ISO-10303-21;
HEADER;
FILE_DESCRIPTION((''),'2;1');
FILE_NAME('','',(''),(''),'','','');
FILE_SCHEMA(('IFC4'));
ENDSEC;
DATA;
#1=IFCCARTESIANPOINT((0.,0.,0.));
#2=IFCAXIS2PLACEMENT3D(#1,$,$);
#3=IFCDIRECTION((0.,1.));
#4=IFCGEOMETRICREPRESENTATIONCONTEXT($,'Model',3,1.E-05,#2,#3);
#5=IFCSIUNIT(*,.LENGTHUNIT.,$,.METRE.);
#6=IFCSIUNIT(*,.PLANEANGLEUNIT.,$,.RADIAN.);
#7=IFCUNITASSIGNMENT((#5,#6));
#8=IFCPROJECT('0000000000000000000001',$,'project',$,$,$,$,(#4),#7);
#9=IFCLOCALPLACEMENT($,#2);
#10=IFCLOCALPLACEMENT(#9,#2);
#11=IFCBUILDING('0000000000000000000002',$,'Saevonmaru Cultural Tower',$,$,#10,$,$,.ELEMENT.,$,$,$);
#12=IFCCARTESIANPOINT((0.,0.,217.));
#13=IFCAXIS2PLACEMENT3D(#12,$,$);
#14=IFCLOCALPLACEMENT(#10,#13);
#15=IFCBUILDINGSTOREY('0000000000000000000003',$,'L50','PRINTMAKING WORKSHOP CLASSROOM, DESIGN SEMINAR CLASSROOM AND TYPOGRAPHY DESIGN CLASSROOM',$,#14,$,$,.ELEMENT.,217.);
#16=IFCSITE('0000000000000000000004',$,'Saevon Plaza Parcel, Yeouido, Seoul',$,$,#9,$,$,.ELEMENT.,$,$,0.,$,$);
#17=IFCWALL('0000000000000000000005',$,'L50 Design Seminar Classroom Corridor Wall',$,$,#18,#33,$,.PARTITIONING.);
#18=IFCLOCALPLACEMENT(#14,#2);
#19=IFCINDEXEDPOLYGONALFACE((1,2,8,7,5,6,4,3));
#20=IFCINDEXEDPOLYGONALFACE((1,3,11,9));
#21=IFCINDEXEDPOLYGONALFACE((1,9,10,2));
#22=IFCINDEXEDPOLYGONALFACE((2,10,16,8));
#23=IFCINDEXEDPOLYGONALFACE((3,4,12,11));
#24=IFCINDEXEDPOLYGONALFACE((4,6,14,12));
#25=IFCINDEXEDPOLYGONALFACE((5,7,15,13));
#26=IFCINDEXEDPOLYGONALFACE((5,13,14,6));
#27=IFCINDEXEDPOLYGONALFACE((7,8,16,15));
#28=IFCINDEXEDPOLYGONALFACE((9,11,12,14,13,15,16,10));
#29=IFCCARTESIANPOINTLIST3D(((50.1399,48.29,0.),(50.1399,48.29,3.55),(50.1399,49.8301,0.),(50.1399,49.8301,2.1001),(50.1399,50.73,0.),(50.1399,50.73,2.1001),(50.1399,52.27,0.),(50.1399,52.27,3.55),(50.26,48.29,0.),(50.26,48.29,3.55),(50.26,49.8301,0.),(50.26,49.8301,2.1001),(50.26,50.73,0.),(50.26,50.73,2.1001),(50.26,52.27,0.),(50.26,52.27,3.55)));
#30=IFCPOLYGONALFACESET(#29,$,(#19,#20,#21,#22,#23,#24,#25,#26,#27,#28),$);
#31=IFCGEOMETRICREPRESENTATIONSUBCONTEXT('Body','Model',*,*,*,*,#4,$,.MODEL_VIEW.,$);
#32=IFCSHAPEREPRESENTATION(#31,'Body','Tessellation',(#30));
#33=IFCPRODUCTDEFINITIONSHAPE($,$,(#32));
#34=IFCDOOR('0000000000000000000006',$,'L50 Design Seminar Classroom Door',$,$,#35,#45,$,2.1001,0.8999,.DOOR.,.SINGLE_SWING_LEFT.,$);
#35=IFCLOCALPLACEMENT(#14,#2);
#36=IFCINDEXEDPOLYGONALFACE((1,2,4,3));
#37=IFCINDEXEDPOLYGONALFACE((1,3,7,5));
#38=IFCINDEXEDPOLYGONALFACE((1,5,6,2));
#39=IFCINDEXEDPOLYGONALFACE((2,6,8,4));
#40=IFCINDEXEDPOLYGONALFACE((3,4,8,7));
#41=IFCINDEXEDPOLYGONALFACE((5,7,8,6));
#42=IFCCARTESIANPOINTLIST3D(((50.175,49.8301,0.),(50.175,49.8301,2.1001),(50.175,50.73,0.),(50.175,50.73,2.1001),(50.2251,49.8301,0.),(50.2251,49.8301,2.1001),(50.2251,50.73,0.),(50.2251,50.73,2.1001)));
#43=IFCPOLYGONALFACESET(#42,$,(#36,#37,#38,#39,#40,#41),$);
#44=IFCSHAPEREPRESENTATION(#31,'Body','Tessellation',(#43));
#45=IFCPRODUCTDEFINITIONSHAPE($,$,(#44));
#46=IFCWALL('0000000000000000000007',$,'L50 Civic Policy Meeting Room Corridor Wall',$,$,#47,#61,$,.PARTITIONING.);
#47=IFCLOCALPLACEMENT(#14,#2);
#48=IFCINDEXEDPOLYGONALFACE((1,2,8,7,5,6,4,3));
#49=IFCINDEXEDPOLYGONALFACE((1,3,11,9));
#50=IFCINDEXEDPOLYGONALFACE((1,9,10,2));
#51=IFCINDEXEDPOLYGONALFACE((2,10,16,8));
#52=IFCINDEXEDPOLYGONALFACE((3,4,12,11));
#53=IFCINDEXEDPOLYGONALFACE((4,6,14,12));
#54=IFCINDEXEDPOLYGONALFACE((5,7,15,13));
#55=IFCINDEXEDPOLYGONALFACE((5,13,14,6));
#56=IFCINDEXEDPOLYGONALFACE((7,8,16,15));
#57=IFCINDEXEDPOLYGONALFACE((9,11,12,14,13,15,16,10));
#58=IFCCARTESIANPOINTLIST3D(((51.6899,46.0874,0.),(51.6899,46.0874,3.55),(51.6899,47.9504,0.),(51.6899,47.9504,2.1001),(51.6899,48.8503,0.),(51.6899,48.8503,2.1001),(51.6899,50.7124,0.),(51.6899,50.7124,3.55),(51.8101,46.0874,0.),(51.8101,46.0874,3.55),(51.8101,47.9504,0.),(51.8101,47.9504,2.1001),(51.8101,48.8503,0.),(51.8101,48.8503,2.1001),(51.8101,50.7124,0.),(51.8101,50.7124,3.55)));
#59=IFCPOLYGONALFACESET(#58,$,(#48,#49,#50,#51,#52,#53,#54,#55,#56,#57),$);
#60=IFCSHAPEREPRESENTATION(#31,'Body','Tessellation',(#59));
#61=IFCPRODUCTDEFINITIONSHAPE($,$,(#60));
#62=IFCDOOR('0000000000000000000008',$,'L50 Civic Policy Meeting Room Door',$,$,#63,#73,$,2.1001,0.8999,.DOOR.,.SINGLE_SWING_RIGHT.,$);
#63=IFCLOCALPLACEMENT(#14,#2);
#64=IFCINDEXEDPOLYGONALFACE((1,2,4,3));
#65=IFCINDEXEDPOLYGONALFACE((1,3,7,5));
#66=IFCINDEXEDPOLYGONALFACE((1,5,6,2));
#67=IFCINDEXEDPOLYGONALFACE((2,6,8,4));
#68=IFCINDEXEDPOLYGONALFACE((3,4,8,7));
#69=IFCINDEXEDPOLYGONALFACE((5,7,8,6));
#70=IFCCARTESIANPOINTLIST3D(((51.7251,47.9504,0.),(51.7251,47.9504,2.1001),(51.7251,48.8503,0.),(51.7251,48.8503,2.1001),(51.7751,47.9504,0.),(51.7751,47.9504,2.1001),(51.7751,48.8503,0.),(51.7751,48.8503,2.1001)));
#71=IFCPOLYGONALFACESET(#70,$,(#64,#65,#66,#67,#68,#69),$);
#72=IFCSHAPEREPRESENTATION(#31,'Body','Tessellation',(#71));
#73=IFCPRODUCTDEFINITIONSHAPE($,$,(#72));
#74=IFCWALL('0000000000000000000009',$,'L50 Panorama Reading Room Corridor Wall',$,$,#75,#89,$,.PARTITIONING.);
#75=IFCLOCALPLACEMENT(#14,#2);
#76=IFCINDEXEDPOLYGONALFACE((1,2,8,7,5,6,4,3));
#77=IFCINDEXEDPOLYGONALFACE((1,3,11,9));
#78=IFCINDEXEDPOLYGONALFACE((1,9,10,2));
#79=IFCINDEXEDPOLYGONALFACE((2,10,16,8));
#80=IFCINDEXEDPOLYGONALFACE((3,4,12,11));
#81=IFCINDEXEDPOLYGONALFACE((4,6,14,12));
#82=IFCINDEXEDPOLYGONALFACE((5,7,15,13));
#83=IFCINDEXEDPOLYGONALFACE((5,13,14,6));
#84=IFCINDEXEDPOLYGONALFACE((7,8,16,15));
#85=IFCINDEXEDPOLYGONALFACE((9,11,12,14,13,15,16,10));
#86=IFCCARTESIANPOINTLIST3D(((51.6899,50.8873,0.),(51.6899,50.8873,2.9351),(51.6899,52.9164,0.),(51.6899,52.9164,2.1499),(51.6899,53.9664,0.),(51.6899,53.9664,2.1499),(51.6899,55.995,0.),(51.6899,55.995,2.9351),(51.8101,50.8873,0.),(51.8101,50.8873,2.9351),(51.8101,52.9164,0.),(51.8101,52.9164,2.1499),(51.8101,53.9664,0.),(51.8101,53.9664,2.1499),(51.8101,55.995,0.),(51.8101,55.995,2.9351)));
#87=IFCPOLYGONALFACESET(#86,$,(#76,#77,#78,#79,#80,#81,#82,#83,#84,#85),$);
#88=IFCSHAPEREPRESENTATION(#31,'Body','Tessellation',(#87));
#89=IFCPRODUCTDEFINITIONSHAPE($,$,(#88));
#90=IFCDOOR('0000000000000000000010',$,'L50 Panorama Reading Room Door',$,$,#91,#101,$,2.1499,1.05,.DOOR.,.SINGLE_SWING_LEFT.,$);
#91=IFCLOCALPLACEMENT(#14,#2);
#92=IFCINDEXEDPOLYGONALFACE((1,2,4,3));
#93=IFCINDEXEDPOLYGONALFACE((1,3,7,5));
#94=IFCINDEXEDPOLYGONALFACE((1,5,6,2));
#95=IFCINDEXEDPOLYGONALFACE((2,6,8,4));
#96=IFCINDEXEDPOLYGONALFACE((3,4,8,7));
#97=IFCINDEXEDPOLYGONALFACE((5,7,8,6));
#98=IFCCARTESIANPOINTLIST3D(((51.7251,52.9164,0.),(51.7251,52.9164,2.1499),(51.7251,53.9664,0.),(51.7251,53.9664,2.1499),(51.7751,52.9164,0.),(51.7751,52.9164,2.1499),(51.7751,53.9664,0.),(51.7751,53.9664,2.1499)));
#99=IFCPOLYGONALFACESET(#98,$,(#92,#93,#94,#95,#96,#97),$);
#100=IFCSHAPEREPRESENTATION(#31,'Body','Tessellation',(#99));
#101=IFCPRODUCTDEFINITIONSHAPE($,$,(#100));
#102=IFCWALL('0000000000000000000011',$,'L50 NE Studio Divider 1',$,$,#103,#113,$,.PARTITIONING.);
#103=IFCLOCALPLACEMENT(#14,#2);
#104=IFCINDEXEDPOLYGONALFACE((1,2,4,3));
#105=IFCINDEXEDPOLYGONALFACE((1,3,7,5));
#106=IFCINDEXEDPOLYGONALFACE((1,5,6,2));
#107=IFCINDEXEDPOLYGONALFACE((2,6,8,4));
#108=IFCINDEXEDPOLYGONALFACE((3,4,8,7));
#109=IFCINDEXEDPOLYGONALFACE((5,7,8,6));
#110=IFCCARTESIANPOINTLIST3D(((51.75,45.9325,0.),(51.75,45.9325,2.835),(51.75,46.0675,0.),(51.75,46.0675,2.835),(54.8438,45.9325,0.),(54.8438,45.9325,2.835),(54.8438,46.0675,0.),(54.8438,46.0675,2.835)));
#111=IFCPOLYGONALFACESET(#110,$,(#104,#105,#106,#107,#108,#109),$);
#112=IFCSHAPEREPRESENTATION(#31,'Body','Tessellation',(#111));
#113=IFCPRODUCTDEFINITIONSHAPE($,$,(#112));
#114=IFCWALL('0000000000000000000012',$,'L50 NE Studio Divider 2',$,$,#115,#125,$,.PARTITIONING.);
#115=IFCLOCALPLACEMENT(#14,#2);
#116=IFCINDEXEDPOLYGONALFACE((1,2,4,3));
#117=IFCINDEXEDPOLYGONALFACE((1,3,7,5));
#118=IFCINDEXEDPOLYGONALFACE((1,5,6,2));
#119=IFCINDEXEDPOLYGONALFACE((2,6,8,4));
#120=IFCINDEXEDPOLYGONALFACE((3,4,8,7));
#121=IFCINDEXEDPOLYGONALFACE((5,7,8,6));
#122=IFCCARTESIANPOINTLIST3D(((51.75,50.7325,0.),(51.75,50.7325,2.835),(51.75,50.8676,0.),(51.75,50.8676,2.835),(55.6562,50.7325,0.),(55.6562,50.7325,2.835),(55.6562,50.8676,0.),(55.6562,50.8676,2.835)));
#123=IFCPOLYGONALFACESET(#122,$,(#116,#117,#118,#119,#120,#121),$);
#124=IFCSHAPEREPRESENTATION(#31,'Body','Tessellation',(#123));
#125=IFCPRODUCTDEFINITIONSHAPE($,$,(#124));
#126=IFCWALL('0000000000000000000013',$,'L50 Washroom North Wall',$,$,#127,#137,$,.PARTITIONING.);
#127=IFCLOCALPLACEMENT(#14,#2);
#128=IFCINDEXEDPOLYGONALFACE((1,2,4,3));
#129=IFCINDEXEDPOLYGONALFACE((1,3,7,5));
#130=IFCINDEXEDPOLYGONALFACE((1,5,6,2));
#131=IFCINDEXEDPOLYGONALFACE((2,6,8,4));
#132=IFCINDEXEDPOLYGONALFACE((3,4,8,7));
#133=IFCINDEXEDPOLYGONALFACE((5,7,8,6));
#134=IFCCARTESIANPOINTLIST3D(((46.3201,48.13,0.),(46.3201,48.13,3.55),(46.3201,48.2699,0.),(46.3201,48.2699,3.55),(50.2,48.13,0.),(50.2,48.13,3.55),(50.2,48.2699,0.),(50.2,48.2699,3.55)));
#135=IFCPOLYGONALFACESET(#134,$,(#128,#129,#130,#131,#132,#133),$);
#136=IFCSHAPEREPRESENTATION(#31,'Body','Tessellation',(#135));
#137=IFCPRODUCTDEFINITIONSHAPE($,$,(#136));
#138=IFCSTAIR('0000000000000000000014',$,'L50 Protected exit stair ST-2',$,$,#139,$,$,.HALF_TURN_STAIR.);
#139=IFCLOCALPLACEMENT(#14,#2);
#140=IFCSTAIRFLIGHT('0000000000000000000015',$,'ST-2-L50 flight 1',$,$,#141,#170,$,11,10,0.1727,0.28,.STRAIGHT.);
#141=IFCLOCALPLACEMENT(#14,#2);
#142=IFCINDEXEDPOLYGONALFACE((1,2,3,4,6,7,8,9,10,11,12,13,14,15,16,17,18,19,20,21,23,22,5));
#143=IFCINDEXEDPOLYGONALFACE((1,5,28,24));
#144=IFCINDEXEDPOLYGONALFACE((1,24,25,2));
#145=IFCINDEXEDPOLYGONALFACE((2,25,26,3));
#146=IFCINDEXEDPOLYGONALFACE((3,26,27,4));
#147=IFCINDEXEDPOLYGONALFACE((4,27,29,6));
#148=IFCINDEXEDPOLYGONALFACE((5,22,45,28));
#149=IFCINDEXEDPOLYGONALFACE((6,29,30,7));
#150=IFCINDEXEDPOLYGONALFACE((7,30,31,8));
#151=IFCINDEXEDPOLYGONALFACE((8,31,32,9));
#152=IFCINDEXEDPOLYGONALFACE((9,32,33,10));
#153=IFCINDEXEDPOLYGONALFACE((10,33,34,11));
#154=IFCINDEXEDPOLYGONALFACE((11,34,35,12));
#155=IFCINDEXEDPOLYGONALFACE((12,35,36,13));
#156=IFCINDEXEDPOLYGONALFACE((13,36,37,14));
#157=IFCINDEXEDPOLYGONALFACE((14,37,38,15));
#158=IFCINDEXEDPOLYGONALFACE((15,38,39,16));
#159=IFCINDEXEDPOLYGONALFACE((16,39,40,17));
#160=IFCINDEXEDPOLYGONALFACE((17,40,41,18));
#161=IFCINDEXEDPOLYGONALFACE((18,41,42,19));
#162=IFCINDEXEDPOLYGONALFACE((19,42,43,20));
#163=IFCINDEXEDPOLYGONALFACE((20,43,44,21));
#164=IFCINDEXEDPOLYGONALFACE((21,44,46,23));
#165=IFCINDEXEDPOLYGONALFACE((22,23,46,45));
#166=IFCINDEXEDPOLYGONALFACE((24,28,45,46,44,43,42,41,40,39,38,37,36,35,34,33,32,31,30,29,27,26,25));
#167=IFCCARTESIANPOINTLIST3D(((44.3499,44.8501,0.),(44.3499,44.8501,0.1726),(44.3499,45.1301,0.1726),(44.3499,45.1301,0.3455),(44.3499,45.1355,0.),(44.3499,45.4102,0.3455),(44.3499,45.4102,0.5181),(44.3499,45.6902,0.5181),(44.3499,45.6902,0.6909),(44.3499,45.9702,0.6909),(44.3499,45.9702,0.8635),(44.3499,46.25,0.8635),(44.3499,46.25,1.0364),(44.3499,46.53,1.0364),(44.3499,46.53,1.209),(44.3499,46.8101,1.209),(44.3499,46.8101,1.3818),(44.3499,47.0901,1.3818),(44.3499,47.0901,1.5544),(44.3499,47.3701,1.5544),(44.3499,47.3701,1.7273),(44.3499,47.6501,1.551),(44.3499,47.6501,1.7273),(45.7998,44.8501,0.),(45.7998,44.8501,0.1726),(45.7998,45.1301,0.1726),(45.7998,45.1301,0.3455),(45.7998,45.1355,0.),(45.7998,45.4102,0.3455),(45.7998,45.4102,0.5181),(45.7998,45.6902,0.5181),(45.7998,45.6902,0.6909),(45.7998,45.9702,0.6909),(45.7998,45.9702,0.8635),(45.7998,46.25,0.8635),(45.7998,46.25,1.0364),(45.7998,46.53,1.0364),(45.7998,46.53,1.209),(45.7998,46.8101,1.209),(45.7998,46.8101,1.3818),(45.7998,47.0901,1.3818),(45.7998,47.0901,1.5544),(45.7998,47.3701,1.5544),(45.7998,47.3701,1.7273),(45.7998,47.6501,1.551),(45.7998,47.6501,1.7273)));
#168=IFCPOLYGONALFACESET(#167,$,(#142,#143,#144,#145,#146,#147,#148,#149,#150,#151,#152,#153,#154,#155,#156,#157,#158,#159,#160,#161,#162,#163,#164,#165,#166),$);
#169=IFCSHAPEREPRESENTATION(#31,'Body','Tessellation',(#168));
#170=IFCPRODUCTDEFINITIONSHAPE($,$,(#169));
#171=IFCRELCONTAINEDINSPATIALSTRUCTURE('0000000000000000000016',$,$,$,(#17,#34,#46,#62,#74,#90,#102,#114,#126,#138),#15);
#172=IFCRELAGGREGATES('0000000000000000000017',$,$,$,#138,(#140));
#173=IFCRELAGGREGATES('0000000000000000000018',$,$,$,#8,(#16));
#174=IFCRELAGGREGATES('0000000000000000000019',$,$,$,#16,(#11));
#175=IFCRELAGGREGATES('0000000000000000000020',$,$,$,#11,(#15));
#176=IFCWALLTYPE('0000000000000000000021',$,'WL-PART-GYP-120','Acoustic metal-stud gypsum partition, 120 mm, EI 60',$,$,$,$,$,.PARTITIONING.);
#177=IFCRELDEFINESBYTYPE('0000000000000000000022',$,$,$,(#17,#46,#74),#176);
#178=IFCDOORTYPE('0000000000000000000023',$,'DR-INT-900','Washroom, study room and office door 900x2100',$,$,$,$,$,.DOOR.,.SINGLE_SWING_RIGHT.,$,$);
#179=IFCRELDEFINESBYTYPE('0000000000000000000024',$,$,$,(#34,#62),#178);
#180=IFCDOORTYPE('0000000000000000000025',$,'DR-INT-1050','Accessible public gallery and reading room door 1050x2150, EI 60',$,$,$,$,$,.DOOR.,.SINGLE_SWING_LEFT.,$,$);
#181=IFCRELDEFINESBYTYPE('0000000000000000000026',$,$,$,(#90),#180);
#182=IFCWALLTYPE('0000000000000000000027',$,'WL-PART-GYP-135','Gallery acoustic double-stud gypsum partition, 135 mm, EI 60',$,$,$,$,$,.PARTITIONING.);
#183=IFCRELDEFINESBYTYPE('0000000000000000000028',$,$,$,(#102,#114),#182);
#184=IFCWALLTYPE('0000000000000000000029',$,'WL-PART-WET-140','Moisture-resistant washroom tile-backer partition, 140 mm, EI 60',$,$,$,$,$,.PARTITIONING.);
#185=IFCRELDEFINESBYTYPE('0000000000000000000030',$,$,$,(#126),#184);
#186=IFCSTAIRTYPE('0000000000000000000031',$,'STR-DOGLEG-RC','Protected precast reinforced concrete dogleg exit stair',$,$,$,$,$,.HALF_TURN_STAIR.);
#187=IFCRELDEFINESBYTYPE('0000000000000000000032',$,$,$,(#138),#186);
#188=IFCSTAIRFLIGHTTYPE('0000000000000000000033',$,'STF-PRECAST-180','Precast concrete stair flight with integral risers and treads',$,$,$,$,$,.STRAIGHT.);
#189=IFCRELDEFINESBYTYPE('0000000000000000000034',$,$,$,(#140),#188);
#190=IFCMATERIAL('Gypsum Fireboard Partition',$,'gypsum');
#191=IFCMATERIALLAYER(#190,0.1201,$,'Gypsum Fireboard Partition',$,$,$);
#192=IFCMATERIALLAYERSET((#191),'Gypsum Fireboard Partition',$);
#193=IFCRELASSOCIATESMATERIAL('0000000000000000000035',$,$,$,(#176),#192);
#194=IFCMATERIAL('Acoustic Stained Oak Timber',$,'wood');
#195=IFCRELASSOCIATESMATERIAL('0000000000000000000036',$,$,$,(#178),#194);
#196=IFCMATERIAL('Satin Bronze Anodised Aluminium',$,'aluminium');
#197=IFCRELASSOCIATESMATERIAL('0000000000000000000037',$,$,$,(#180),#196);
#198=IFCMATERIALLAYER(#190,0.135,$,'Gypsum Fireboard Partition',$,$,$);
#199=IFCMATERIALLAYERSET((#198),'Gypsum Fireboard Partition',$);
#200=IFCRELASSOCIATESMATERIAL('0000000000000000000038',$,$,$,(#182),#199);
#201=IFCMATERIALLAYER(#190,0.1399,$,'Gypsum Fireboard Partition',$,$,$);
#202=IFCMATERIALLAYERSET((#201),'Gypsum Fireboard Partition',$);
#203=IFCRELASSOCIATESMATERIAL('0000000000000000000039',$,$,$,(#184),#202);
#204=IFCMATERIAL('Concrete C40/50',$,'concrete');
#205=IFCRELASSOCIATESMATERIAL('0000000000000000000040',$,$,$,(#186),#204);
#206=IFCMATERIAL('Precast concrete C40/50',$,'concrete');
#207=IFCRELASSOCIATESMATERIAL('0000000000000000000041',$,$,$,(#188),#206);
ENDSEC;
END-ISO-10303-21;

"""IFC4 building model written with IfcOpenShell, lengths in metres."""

from ifc_helpers import new_model, si_unit, direction, frame, frame_2d, origin, place, context, subcontext, project, spatial, polyline, rectangle, outline, extrude, material, layer, layer_set, type_object, element, fill, aggregate, save


model = new_model("IFC4")

# Units and contexts
model_context = context("Model", 3, precision=1e-05, world=origin(), true_north=direction((0.0, 1.0)))
body_context = subcontext(model_context, "Body", "Model", "MODEL_VIEW")
ifc_project = project(units=[si_unit("LENGTHUNIT", "METRE"), si_unit("PLANEANGLEUNIT", "RADIAN")], contexts=[model_context])

# Site, building, storey
site_placement = place(None, origin())
site = spatial("IfcSite", under=ifc_project, at=site_placement, Name="Saevon Plaza Parcel, Yeouido, Seoul", CompositionType="ELEMENT", RefElevation=0.0)
building_placement = place(site_placement, origin())
building = spatial("IfcBuilding", under=site, at=building_placement, Name="Saevonmaru Cultural Tower", CompositionType="ELEMENT")
storey_placement = place(building_placement, frame((0.0, 0.0, 217.0)))
storey = spatial("IfcBuildingStorey", under=building, at=storey_placement, Name="L50", Description="PRINTMAKING WORKSHOP CLASSROOM, DESIGN SEMINAR CLASSROOM AND TYPOGRAPHY DESIGN CLASSROOM", CompositionType="ELEMENT", Elevation=217.0)

# Shared definitions
ifc_material_1 = material(Name="Satin Bronze Anodised Aluminium", Category="aluminium")

# Shared definitions
ifc_material_2 = material(Name="Gypsum Fireboard Partition", Category="gypsum")
ifc_layer_1 = layer(ifc_material_2, 0.1201, Name="Gypsum Fireboard Partition")
ifc_layer_set_1 = layer_set([ifc_layer_1], Name="Gypsum Fireboard Partition")
wall_type_1 = type_object("IfcWallType", Name="WL-PART-GYP-120", Description="Acoustic metal-stud gypsum partition, 120 mm, EI 60", PredefinedType="PARTITIONING", material=ifc_layer_set_1)

# Walls, openings, doors
wall_1_placement = place(storey_placement, frame((50.2, 48.29, 0.0), z_axis=(0.0, 0.0, 1.0), x_axis=(0.0, 1.0, 0.0)))
wall_1 = element("IfcWall", 1, at=wall_1_placement, inside=storey, type_object=wall_type_1, Name="L50 Design Seminar Classroom Corridor Wall", PredefinedType="PARTITIONING", context=body_context, shape_type="SweptSolid", body=[
    extrude(rectangle(XDim=3.98, YDim=0.1201, at=frame_2d((1.99, 0.0))), origin(), (0.0, 0.0, 1.0), 3.55),
])
opening_1_placement = place(wall_1_placement, frame((1.54, 0.0, 0.0)))
opening_1 = element("IfcOpeningElement", 2, at=opening_1_placement, cuts=wall_1, PredefinedType="OPENING", context=body_context, shape_type="SweptSolid", body=[
    extrude(rectangle(XDim=0.8999, YDim=2.1001, at=frame_2d((0.45, 1.05))), frame((0.0, 0.0701, 0.0), z_axis=(0.0, -1.0, 0.0), x_axis=(1.0, 0.0, 0.0)), (0.0, 0.0, 1.0), 0.1401),
])
ifc_material_3 = material(Name="Acoustic Stained Oak Timber", Category="wood")
door_type_1 = type_object("IfcDoorType", Name="DR-INT-900", Description="Washroom, study room and office door 900x2100", OperationType="SINGLE_SWING_RIGHT", PredefinedType="DOOR", material=ifc_material_3)
door_1_placement = place(opening_1_placement, origin())
door_1 = element("IfcDoor", 3, at=door_1_placement, inside=storey, type_object=door_type_1, Name="L50 Design Seminar Classroom Door", OperationType="SINGLE_SWING_LEFT", OverallHeight=2.1001, OverallWidth=0.8999, PredefinedType="DOOR", context=body_context, shape_type="SweptSolid", body=[
    extrude(rectangle(XDim=0.8999, YDim=2.1001, at=frame_2d((0.45, 1.05))), frame((0.0, 0.0249, 0.0), z_axis=(0.0, -1.0, 0.0), x_axis=(1.0, 0.0, 0.0)), (0.0, 0.0, 1.0), 0.05),
])
fill(opening_1, door_1)
wall_2_placement = place(storey_placement, frame((51.75, 46.0874, 0.0), z_axis=(0.0, 0.0, 1.0), x_axis=(0.0, 1.0, 0.0)))
wall_2 = element("IfcWall", 4, at=wall_2_placement, inside=storey, type_object=wall_type_1, Name="L50 Civic Policy Meeting Room Corridor Wall", PredefinedType="PARTITIONING", context=body_context, shape_type="SweptSolid", body=[
    extrude(rectangle(XDim=4.625, YDim=0.1201, at=frame_2d((2.3125, 0.0))), origin(), (0.0, 0.0, 1.0), 3.55),
])
opening_2_placement = place(wall_2_placement, frame((1.863, 0.0, 0.0)))
opening_2 = element("IfcOpeningElement", 5, at=opening_2_placement, cuts=wall_2, PredefinedType="OPENING", context=body_context, shape_type="SweptSolid", body=[
    extrude(rectangle(XDim=0.8999, YDim=2.1001, at=frame_2d((0.45, 1.05))), frame((0.0, 0.0701, 0.0), z_axis=(0.0, -1.0, 0.0), x_axis=(1.0, 0.0, 0.0)), (0.0, 0.0, 1.0), 0.1401),
])
door_2_placement = place(opening_2_placement, origin())
door_2 = element("IfcDoor", 6, at=door_2_placement, inside=storey, type_object=door_type_1, Name="L50 Civic Policy Meeting Room Door", OperationType="SINGLE_SWING_RIGHT", OverallHeight=2.1001, OverallWidth=0.8999, PredefinedType="DOOR", context=body_context, shape_type="SweptSolid", body=[
    extrude(rectangle(XDim=0.8999, YDim=2.1001, at=frame_2d((0.45, 1.05))), frame((0.0, 0.0249, 0.0), z_axis=(0.0, -1.0, 0.0), x_axis=(1.0, 0.0, 0.0)), (0.0, 0.0, 1.0), 0.05),
])
fill(opening_2, door_2)
wall_3_placement = place(storey_placement, frame((51.75, 50.8875, 0.0), z_axis=(0.0, 0.0, 1.0), x_axis=(0.0, 1.0, 0.0)))
wall_3 = element("IfcWall", 7, at=wall_3_placement, inside=storey, type_object=wall_type_1, Name="L50 Panorama Reading Room Corridor Wall", PredefinedType="PARTITIONING", context=body_context, shape_type="SweptSolid", body=[
    extrude(rectangle(XDim=5.1077, YDim=0.1201, at=frame_2d((2.5537, 0.0))), origin(), (0.0, 0.0, 1.0), 2.9351),
])
opening_3_placement = place(wall_3_placement, frame((2.0291, 0.0, 0.0)))
opening_3 = element("IfcOpeningElement", 8, at=opening_3_placement, cuts=wall_3, PredefinedType="OPENING", context=body_context, shape_type="SweptSolid", body=[
    extrude(rectangle(XDim=1.05, YDim=2.1499, at=frame_2d((0.5249, 1.075))), frame((0.0, 0.0701, 0.0), z_axis=(0.0, -1.0, 0.0), x_axis=(1.0, 0.0, 0.0)), (0.0, 0.0, 1.0), 0.1401),
])
door_type_2 = type_object("IfcDoorType", Name="DR-INT-1050", Description="Accessible public gallery and reading room door 1050x2150, EI 60", OperationType="SINGLE_SWING_LEFT", PredefinedType="DOOR", material=ifc_material_1)
door_3_placement = place(opening_3_placement, origin())
door_3 = element("IfcDoor", 9, at=door_3_placement, inside=storey, type_object=door_type_2, Name="L50 Panorama Reading Room Door", OperationType="SINGLE_SWING_LEFT", OverallHeight=2.1499, OverallWidth=1.05, PredefinedType="DOOR", context=body_context, shape_type="SweptSolid", body=[
    extrude(rectangle(XDim=1.05, YDim=2.1499, at=frame_2d((0.5249, 1.075))), frame((0.0, 0.0249, 0.0), z_axis=(0.0, -1.0, 0.0), x_axis=(1.0, 0.0, 0.0)), (0.0, 0.0, 1.0), 0.05),
])
fill(opening_3, door_3)

# Walls
ifc_layer_2 = layer(ifc_material_2, 0.135, Name="Gypsum Fireboard Partition")
ifc_layer_set_2 = layer_set([ifc_layer_2], Name="Gypsum Fireboard Partition")
wall_type_2 = type_object("IfcWallType", Name="WL-PART-GYP-135", Description="Gallery acoustic double-stud gypsum partition, 135 mm, EI 60", PredefinedType="PARTITIONING", material=ifc_layer_set_2)
wall_4_placement = place(storey_placement, frame((51.75, 46.0, 0.0), z_axis=(0.0, 0.0, 1.0), x_axis=(1.0, 0.0, 0.0)))
element("IfcWall", 10, at=wall_4_placement, inside=storey, type_object=wall_type_2, Name="L50 NE Studio Divider 1", PredefinedType="PARTITIONING", context=body_context, shape_type="SweptSolid", body=[
    extrude(rectangle(XDim=3.0938, YDim=0.135, at=frame_2d((1.5469, 0.0))), origin(), (0.0, 0.0, 1.0), 2.835),
])
wall_5_placement = place(storey_placement, frame((51.75, 50.8, 0.0), z_axis=(0.0, 0.0, 1.0), x_axis=(1.0, 0.0, 0.0)))
element("IfcWall", 11, at=wall_5_placement, inside=storey, type_object=wall_type_2, Name="L50 NE Studio Divider 2", PredefinedType="PARTITIONING", context=body_context, shape_type="SweptSolid", body=[
    extrude(rectangle(XDim=3.9062, YDim=0.135, at=frame_2d((1.9531, 0.0))), origin(), (0.0, 0.0, 1.0), 2.835),
])
ifc_layer_3 = layer(ifc_material_2, 0.1399, Name="Gypsum Fireboard Partition")
ifc_layer_set_3 = layer_set([ifc_layer_3], Name="Gypsum Fireboard Partition")
wall_type_3 = type_object("IfcWallType", Name="WL-PART-WET-140", Description="Moisture-resistant washroom tile-backer partition, 140 mm, EI 60", PredefinedType="PARTITIONING", material=ifc_layer_set_3)
wall_6_placement = place(storey_placement, frame((46.3201, 48.2, 0.0), z_axis=(0.0, 0.0, 1.0), x_axis=(1.0, 0.0, 0.0)))
element("IfcWall", 12, at=wall_6_placement, inside=storey, type_object=wall_type_3, Name="L50 Washroom North Wall", PredefinedType="PARTITIONING", context=body_context, shape_type="SweptSolid", body=[
    extrude(rectangle(XDim=3.8799, YDim=0.1399, at=frame_2d((1.9399, 0.0))), origin(), (0.0, 0.0, 1.0), 3.55),
])

# Stair, stair flight
ifc_material_4 = material(Name="Concrete C40/50", Category="concrete")
stair_type = type_object("IfcStairType", Name="STR-DOGLEG-RC", Description="Protected precast reinforced concrete dogleg exit stair", PredefinedType="HALF_TURN_STAIR", material=ifc_material_4)
stair_placement = place(storey_placement, origin())
stair = element("IfcStair", 13, at=stair_placement, inside=storey, type_object=stair_type, Name="L50 Protected exit stair ST-2", PredefinedType="HALF_TURN_STAIR")
ifc_material_5 = material(Name="Precast concrete C40/50", Category="concrete")
stair_flight_type = type_object("IfcStairFlightType", Name="STF-PRECAST-180", Description="Precast concrete stair flight with integral risers and treads", PredefinedType="STRAIGHT", material=ifc_material_5)
stair_flight_placement = place(storey_placement, frame((45.075, 44.8501, 0.0), z_axis=(0.0, 0.0, 1.0), x_axis=(0.0, 1.0, 0.0)))
stair_flight = element("IfcStairFlight", 14, at=stair_flight_placement, type_object=stair_flight_type, Name="ST-2-L50 flight 1", NumberOfRisers=11, NumberOfTreads=10, PredefinedType="STRAIGHT", RiserHeight=0.1727, TreadLength=0.28, context=body_context, shape_type="SweptSolid", body=[
    extrude(outline(polyline([(0.0, 0.0), (0.0, 0.1726), (0.28, 0.1726), (0.28, 0.3455), (0.5601, 0.3455), (0.5601, 0.5181), (0.8401, 0.5181), (0.8401, 0.6909), (1.1201, 0.6909), (1.1201, 0.8635), (1.3999, 0.8635), (1.3999, 1.0364), (1.6799, 1.0364), (1.6799, 1.209), (1.96, 1.209), (1.96, 1.3818), (2.24, 1.3818), (2.24, 1.5544), (2.52, 1.5544), (2.52, 1.7273), (2.8, 1.7273), (2.8, 1.8999), (2.8, 1.551), (0.2854, 0.0), (0.0, 0.0)])), frame((0.0, 0.7251, 0.0), z_axis=(0.0, -1.0, 0.0), x_axis=(1.0, 0.0, 0.0)), (0.0, 0.0, 1.0), 1.45),
])
aggregate(stair, [stair_flight])

save(model, "model.ifc")
